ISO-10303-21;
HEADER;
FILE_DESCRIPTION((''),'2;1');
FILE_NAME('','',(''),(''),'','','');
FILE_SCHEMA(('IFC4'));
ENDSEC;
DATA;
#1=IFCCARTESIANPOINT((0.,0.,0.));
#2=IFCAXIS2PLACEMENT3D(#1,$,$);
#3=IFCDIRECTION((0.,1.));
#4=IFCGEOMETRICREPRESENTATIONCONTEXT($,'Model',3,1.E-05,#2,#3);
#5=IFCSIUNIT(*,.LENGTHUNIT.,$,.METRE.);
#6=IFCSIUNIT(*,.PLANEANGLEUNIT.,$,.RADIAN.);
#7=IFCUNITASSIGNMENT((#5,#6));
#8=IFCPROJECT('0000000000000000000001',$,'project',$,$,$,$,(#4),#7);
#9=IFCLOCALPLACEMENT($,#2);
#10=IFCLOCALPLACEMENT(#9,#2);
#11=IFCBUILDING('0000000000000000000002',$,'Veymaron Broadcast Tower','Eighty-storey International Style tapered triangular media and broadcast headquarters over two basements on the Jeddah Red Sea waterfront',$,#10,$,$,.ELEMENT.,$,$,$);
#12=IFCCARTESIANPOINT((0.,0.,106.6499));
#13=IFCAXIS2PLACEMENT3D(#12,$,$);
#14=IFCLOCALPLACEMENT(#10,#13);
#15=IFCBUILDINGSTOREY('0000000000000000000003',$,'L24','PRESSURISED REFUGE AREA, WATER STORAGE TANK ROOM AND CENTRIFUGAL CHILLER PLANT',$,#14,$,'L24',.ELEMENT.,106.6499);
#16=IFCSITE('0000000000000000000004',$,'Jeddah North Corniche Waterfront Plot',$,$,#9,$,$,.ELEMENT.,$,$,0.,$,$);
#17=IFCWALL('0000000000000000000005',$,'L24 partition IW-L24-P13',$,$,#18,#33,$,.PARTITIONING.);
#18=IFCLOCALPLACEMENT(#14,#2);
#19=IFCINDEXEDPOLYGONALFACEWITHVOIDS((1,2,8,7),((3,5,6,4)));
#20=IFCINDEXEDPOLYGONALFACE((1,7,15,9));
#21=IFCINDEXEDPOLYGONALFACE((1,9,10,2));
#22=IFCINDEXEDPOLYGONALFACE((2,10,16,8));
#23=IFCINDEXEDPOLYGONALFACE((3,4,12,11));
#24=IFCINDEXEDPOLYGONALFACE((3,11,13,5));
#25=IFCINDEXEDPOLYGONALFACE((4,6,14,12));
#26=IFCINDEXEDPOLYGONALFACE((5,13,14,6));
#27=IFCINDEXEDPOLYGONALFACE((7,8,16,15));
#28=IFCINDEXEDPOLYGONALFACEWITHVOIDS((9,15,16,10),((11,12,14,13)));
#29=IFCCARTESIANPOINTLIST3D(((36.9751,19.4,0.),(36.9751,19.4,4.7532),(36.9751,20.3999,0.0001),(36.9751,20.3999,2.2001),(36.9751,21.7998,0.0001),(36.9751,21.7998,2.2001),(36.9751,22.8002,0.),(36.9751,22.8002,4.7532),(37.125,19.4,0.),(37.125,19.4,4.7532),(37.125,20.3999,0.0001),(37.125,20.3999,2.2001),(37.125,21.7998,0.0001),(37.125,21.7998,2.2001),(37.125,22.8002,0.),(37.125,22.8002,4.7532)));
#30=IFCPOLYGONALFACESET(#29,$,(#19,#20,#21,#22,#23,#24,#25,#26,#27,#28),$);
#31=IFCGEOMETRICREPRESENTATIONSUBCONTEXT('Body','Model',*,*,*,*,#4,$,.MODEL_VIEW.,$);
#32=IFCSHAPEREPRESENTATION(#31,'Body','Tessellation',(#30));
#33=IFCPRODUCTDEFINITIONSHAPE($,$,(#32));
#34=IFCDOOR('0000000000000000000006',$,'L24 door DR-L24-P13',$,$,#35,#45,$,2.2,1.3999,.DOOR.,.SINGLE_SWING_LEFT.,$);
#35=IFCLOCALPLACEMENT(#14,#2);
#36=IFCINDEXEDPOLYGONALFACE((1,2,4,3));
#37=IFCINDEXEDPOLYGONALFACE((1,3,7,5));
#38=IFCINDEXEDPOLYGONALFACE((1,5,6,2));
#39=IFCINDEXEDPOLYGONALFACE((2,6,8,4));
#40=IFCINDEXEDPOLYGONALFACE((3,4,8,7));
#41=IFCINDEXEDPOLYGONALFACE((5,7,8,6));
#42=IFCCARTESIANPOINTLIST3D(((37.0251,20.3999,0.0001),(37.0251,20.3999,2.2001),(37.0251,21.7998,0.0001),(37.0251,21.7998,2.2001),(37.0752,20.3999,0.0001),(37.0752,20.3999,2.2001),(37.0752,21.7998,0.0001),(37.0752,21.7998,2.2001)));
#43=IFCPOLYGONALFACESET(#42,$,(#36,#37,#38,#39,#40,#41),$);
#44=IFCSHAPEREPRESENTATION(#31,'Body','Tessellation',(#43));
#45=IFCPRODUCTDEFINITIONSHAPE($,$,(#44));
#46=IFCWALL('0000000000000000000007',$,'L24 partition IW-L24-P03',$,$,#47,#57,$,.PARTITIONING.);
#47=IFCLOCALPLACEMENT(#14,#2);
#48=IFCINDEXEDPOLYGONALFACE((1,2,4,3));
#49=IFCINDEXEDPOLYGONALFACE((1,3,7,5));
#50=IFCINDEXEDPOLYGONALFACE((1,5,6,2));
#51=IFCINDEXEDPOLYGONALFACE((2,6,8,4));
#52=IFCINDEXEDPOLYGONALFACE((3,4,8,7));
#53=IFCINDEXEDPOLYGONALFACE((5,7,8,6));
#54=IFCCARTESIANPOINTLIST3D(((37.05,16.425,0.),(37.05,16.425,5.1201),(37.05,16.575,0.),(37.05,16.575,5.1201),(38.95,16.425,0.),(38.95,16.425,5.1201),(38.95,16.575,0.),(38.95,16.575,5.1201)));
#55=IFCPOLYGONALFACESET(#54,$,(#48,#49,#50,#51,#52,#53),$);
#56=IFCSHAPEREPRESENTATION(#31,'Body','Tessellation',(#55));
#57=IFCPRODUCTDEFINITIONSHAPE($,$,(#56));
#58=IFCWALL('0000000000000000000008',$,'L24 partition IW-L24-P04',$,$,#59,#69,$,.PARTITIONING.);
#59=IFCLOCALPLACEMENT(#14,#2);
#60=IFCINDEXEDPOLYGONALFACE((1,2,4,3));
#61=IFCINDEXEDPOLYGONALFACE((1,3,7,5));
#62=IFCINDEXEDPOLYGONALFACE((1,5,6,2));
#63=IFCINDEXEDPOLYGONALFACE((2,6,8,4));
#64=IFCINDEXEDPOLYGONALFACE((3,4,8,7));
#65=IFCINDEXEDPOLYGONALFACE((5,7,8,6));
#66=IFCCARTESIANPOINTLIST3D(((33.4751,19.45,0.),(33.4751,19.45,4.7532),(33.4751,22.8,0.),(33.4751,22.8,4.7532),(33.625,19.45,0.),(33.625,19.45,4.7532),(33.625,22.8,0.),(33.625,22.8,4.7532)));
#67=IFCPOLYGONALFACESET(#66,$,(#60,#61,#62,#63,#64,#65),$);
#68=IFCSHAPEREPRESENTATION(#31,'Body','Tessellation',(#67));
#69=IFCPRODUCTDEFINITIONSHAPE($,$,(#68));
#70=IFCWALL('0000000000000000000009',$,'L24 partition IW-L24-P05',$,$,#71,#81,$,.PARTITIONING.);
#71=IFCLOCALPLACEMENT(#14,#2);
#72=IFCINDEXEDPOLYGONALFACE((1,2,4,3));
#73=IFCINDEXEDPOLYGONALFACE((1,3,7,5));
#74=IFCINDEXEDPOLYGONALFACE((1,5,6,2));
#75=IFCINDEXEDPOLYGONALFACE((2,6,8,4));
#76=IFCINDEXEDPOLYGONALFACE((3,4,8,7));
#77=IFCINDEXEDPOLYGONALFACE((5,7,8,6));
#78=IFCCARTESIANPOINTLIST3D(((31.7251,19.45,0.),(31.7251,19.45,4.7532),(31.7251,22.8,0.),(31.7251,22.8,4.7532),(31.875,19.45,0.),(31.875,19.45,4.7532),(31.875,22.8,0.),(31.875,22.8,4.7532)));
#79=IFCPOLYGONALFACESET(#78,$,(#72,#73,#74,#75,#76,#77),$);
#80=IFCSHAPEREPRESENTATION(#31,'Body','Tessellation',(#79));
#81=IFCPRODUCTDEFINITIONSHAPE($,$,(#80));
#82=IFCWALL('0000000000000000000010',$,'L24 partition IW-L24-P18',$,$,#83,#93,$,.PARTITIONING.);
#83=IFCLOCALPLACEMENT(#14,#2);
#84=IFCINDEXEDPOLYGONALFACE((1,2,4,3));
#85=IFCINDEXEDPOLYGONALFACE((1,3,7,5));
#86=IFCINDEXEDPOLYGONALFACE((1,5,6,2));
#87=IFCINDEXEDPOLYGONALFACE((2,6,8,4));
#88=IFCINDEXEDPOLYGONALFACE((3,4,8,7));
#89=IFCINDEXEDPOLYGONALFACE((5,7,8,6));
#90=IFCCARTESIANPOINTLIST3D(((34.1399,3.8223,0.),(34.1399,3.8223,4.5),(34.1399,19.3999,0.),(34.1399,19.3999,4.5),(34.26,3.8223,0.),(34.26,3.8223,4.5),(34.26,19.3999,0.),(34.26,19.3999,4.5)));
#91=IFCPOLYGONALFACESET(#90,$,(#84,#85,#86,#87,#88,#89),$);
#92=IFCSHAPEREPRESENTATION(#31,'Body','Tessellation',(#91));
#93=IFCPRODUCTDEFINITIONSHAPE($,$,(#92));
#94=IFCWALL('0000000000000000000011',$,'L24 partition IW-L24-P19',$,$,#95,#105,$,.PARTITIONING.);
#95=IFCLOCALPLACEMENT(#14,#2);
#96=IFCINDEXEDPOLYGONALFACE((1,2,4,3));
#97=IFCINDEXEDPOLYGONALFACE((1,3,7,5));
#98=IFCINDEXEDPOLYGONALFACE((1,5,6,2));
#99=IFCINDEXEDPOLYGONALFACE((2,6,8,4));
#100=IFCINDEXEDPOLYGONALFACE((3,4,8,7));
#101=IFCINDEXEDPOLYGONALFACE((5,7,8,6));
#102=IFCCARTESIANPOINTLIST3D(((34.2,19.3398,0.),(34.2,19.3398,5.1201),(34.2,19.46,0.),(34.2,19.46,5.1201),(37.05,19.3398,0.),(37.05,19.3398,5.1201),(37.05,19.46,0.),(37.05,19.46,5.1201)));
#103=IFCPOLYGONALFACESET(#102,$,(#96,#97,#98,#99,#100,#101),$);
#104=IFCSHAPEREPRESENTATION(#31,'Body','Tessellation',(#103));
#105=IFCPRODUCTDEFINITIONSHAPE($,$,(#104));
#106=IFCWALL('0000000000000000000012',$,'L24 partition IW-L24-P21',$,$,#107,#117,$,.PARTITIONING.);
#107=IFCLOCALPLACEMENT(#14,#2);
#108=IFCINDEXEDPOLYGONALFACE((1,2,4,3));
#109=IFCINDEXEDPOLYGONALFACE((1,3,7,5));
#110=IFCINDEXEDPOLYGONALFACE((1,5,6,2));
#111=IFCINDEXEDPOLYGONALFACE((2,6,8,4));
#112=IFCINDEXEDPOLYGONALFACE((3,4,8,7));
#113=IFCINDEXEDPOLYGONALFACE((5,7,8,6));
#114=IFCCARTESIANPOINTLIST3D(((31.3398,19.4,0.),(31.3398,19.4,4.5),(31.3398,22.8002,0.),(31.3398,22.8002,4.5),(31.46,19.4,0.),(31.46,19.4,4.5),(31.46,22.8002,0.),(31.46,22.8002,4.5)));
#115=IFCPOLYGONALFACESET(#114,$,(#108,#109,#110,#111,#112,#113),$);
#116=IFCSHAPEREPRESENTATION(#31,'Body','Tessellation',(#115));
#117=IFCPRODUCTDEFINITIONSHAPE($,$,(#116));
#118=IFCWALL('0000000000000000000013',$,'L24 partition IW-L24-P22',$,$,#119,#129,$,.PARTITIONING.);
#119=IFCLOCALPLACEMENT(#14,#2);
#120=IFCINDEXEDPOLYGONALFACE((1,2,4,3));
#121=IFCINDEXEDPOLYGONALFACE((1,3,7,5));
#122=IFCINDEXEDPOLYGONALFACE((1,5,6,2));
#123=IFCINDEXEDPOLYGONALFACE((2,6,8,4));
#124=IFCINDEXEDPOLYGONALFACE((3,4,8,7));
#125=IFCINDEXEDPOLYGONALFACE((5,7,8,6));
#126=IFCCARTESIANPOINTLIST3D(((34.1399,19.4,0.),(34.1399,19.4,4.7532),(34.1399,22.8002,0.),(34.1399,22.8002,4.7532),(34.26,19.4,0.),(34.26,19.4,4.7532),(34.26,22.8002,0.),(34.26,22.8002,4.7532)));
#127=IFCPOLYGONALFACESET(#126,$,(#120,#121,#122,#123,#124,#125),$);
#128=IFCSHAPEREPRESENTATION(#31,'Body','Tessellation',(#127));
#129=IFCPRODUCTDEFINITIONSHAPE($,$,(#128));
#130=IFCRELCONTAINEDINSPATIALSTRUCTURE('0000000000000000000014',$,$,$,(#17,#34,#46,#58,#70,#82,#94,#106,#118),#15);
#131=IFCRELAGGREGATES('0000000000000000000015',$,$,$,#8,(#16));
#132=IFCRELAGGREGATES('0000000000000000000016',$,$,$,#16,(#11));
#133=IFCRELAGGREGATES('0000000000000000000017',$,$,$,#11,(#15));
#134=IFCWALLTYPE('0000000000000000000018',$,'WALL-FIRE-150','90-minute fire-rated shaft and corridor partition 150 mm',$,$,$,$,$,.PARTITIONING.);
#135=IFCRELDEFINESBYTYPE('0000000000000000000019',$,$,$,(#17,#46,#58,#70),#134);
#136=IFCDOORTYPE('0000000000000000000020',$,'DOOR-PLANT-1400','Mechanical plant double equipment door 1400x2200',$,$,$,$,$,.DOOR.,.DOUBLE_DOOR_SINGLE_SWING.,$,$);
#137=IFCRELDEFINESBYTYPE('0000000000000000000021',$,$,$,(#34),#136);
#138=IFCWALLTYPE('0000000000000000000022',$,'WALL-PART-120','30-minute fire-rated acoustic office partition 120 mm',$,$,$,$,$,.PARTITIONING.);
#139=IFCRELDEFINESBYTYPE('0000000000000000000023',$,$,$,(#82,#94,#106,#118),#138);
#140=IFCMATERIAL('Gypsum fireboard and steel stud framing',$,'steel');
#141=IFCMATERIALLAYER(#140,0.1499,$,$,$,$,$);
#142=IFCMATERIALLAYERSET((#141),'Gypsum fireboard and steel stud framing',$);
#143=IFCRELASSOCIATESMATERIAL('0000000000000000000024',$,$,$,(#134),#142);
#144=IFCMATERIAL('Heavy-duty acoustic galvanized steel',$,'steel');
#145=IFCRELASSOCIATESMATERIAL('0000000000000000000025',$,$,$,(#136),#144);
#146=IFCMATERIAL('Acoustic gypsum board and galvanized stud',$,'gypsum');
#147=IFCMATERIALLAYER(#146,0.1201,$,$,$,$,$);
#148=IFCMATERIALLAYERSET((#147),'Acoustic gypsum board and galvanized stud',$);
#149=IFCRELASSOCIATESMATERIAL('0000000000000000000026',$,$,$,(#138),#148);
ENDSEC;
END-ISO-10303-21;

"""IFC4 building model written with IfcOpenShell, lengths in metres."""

from ifc_helpers import new_model, si_unit, direction, frame, frame_2d, origin, place, context, subcontext, project, spatial, rectangle, extrude, material, layer, layer_set, type_object, element, fill, save


model = new_model("IFC4")

# Units and contexts
model_context = context("Model", 3, precision=1e-05, world=origin(), true_north=direction((0.0, 1.0)))
body_context = subcontext(model_context, "Body", "Model", "MODEL_VIEW")
ifc_project = project(units=[si_unit("LENGTHUNIT", "METRE"), si_unit("PLANEANGLEUNIT", "RADIAN")], contexts=[model_context])

# Site, building, storey
site_placement = place(None, origin())
site = spatial("IfcSite", under=ifc_project, at=site_placement, Name="Jeddah North Corniche Waterfront Plot", CompositionType="ELEMENT", RefElevation=0.0)
building_placement = place(site_placement, origin())
building = spatial("IfcBuilding", under=site, at=building_placement, Name="Veymaron Broadcast Tower", Description="Eighty-storey International Style tapered triangular media and broadcast headquarters over two basements on the Jeddah Red Sea waterfront", CompositionType="ELEMENT")
storey_placement = place(building_placement, frame((0.0, 0.0, 106.6499)))
storey = spatial("IfcBuildingStorey", under=building, at=storey_placement, Name="L24", Description="PRESSURISED REFUGE AREA, WATER STORAGE TANK ROOM AND CENTRIFUGAL CHILLER PLANT", LongName="L24", CompositionType="ELEMENT", Elevation=106.6499)

# Wall, opening, door
ifc_material_1 = material(Name="Gypsum fireboard and steel stud framing", Category="steel")
ifc_layer_1 = layer(ifc_material_1, 0.1499)
ifc_layer_set_1 = layer_set([ifc_layer_1], Name="Gypsum fireboard and steel stud framing")
wall_type_1 = type_object("IfcWallType", Name="WALL-FIRE-150", Description="90-minute fire-rated shaft and corridor partition 150 mm", PredefinedType="PARTITIONING", material=ifc_layer_set_1)
ifc_material_2 = material(Name="Heavy-duty acoustic galvanized steel", Category="steel")
door_type_1 = type_object("IfcDoorType", Name="DOOR-PLANT-1400", Description="Mechanical plant double equipment door 1400x2200", OperationType="DOUBLE_DOOR_SINGLE_SWING", PredefinedType="DOOR", material=ifc_material_2)
wall_1_placement = place(storey_placement, frame((37.05, 19.3999, 0.0), z_axis=(0.0, 0.0, 1.0), x_axis=(0.0, 1.0, 0.0)))
wall_1 = element("IfcWall", 1, at=wall_1_placement, inside=storey, type_object=wall_type_1, Name="L24 partition IW-L24-P13", PredefinedType="PARTITIONING", context=body_context, shape_type="SweptSolid", body=[
    extrude(rectangle(XDim=3.4001, YDim=0.1499, at=frame_2d((1.7002, 0.0))), origin(), (0.0, 0.0, 1.0), 4.7532),
])
opening_1_placement = place(wall_1_placement, frame((1.0, 0.0, 0.0)))
opening_1 = element("IfcOpeningElement", 2, at=opening_1_placement, cuts=wall_1, PredefinedType="OPENING", context=body_context, shape_type="SweptSolid", body=[
    extrude(rectangle(XDim=1.3999, YDim=2.2, at=frame_2d((0.7, 1.1001))), frame((0.0, 0.085, 0.0), z_axis=(0.0, -1.0, 0.0), x_axis=(1.0, 0.0, 0.0)), (0.0, 0.0, 1.0), 0.1699),
])
door_1_placement = place(opening_1_placement, origin())
door_1 = element("IfcDoor", 3, at=door_1_placement, inside=storey, type_object=door_type_1, Name="L24 door DR-L24-P13", OperationType="SINGLE_SWING_LEFT", OverallHeight=2.2, OverallWidth=1.3999, PredefinedType="DOOR", context=body_context, shape_type="SweptSolid", body=[
    extrude(rectangle(XDim=1.3999, YDim=2.2, at=frame_2d((0.7, 1.1001))), frame((0.0, 0.0249, 0.0), z_axis=(0.0, -1.0, 0.0), x_axis=(1.0, 0.0, 0.0)), (0.0, 0.0, 1.0), 0.05),
])
fill(opening_1, door_1)

# Walls
wall_2_placement = place(storey_placement, frame((37.05, 16.5, 0.0), z_axis=(0.0, 0.0, 1.0), x_axis=(1.0, 0.0, 0.0)))
element("IfcWall", 4, at=wall_2_placement, inside=storey, type_object=wall_type_1, Name="L24 partition IW-L24-P03", PredefinedType="PARTITIONING", context=body_context, shape_type="SweptSolid", body=[
    extrude(rectangle(XDim=1.8999, YDim=0.1499, at=frame_2d((0.95, 0.0))), origin(), (0.0, 0.0, 1.0), 5.1201),
])
for number, where, z_axis, x_axis, name in (
    (5, (33.55, 19.45, 0.0), (0.0, 0.0, 1.0), (0.0, 1.0, 0.0), "L24 partition IW-L24-P04"),
    (6, (31.8, 19.45, 0.0), (0.0, 0.0, 1.0), (0.0, 1.0, 0.0), "L24 partition IW-L24-P05"),
):
    element("IfcWall", number, at=place(storey_placement, frame(where, z_axis=z_axis, x_axis=x_axis)), inside=storey, type_object=wall_type_1, Name=name, PredefinedType="PARTITIONING", context=body_context, shape_type="SweptSolid", body=[
        extrude(rectangle(XDim=3.3501, YDim=0.1499, at=frame_2d((1.675, 0.0))), origin(), (0.0, 0.0, 1.0), 4.7532),
    ])
ifc_material_3 = material(Name="Acoustic gypsum board and galvanized stud", Category="gypsum")
ifc_layer_2 = layer(ifc_material_3, 0.1201)
ifc_layer_set_2 = layer_set([ifc_layer_2], Name="Acoustic gypsum board and galvanized stud")
wall_type_2 = type_object("IfcWallType", Name="WALL-PART-120", Description="30-minute fire-rated acoustic office partition 120 mm", PredefinedType="PARTITIONING", material=ifc_layer_set_2)
wall_3_placement = place(storey_placement, frame((34.2, 3.8223, 0.0), z_axis=(0.0, 0.0, 1.0), x_axis=(0.0, 1.0, 0.0)))
element("IfcWall", 7, at=wall_3_placement, inside=storey, type_object=wall_type_2, Name="L24 partition IW-L24-P18", PredefinedType="PARTITIONING", context=body_context, shape_type="SweptSolid", body=[
    extrude(rectangle(XDim=15.5776, YDim=0.1201, at=frame_2d((7.7888, 0.0))), origin(), (0.0, 0.0, 1.0), 4.5),
])
wall_4_placement = place(storey_placement, frame((34.2, 19.3999, 0.0), z_axis=(0.0, 0.0, 1.0), x_axis=(1.0, 0.0, 0.0)))
element("IfcWall", 8, at=wall_4_placement, inside=storey, type_object=wall_type_2, Name="L24 partition IW-L24-P19", PredefinedType="PARTITIONING", context=body_context, shape_type="SweptSolid", body=[
    extrude(rectangle(XDim=2.8501, YDim=0.1201, at=frame_2d((1.425, 0.0))), origin(), (0.0, 0.0, 1.0), 5.1201),
])
wall_5_placement = place(storey_placement, frame((31.3999, 19.3999, 0.0), z_axis=(0.0, 0.0, 1.0), x_axis=(0.0, 1.0, 0.0)))
element("IfcWall", 9, at=wall_5_placement, inside=storey, type_object=wall_type_2, Name="L24 partition IW-L24-P21", PredefinedType="PARTITIONING", context=body_context, shape_type="SweptSolid", body=[
    extrude(rectangle(XDim=3.4001, YDim=0.1201, at=frame_2d((1.7002, 0.0))), origin(), (0.0, 0.0, 1.0), 4.5),
])
wall_6_placement = place(storey_placement, frame((34.2, 19.3999, 0.0), z_axis=(0.0, 0.0, 1.0), x_axis=(0.0, 1.0, 0.0)))
element("IfcWall", 10, at=wall_6_placement, inside=storey, type_object=wall_type_2, Name="L24 partition IW-L24-P22", PredefinedType="PARTITIONING", context=body_context, shape_type="SweptSolid", body=[
    extrude(rectangle(XDim=3.4001, YDim=0.1201, at=frame_2d((1.7002, 0.0))), origin(), (0.0, 0.0, 1.0), 4.7532),
])

save(model, "model.ifc")
